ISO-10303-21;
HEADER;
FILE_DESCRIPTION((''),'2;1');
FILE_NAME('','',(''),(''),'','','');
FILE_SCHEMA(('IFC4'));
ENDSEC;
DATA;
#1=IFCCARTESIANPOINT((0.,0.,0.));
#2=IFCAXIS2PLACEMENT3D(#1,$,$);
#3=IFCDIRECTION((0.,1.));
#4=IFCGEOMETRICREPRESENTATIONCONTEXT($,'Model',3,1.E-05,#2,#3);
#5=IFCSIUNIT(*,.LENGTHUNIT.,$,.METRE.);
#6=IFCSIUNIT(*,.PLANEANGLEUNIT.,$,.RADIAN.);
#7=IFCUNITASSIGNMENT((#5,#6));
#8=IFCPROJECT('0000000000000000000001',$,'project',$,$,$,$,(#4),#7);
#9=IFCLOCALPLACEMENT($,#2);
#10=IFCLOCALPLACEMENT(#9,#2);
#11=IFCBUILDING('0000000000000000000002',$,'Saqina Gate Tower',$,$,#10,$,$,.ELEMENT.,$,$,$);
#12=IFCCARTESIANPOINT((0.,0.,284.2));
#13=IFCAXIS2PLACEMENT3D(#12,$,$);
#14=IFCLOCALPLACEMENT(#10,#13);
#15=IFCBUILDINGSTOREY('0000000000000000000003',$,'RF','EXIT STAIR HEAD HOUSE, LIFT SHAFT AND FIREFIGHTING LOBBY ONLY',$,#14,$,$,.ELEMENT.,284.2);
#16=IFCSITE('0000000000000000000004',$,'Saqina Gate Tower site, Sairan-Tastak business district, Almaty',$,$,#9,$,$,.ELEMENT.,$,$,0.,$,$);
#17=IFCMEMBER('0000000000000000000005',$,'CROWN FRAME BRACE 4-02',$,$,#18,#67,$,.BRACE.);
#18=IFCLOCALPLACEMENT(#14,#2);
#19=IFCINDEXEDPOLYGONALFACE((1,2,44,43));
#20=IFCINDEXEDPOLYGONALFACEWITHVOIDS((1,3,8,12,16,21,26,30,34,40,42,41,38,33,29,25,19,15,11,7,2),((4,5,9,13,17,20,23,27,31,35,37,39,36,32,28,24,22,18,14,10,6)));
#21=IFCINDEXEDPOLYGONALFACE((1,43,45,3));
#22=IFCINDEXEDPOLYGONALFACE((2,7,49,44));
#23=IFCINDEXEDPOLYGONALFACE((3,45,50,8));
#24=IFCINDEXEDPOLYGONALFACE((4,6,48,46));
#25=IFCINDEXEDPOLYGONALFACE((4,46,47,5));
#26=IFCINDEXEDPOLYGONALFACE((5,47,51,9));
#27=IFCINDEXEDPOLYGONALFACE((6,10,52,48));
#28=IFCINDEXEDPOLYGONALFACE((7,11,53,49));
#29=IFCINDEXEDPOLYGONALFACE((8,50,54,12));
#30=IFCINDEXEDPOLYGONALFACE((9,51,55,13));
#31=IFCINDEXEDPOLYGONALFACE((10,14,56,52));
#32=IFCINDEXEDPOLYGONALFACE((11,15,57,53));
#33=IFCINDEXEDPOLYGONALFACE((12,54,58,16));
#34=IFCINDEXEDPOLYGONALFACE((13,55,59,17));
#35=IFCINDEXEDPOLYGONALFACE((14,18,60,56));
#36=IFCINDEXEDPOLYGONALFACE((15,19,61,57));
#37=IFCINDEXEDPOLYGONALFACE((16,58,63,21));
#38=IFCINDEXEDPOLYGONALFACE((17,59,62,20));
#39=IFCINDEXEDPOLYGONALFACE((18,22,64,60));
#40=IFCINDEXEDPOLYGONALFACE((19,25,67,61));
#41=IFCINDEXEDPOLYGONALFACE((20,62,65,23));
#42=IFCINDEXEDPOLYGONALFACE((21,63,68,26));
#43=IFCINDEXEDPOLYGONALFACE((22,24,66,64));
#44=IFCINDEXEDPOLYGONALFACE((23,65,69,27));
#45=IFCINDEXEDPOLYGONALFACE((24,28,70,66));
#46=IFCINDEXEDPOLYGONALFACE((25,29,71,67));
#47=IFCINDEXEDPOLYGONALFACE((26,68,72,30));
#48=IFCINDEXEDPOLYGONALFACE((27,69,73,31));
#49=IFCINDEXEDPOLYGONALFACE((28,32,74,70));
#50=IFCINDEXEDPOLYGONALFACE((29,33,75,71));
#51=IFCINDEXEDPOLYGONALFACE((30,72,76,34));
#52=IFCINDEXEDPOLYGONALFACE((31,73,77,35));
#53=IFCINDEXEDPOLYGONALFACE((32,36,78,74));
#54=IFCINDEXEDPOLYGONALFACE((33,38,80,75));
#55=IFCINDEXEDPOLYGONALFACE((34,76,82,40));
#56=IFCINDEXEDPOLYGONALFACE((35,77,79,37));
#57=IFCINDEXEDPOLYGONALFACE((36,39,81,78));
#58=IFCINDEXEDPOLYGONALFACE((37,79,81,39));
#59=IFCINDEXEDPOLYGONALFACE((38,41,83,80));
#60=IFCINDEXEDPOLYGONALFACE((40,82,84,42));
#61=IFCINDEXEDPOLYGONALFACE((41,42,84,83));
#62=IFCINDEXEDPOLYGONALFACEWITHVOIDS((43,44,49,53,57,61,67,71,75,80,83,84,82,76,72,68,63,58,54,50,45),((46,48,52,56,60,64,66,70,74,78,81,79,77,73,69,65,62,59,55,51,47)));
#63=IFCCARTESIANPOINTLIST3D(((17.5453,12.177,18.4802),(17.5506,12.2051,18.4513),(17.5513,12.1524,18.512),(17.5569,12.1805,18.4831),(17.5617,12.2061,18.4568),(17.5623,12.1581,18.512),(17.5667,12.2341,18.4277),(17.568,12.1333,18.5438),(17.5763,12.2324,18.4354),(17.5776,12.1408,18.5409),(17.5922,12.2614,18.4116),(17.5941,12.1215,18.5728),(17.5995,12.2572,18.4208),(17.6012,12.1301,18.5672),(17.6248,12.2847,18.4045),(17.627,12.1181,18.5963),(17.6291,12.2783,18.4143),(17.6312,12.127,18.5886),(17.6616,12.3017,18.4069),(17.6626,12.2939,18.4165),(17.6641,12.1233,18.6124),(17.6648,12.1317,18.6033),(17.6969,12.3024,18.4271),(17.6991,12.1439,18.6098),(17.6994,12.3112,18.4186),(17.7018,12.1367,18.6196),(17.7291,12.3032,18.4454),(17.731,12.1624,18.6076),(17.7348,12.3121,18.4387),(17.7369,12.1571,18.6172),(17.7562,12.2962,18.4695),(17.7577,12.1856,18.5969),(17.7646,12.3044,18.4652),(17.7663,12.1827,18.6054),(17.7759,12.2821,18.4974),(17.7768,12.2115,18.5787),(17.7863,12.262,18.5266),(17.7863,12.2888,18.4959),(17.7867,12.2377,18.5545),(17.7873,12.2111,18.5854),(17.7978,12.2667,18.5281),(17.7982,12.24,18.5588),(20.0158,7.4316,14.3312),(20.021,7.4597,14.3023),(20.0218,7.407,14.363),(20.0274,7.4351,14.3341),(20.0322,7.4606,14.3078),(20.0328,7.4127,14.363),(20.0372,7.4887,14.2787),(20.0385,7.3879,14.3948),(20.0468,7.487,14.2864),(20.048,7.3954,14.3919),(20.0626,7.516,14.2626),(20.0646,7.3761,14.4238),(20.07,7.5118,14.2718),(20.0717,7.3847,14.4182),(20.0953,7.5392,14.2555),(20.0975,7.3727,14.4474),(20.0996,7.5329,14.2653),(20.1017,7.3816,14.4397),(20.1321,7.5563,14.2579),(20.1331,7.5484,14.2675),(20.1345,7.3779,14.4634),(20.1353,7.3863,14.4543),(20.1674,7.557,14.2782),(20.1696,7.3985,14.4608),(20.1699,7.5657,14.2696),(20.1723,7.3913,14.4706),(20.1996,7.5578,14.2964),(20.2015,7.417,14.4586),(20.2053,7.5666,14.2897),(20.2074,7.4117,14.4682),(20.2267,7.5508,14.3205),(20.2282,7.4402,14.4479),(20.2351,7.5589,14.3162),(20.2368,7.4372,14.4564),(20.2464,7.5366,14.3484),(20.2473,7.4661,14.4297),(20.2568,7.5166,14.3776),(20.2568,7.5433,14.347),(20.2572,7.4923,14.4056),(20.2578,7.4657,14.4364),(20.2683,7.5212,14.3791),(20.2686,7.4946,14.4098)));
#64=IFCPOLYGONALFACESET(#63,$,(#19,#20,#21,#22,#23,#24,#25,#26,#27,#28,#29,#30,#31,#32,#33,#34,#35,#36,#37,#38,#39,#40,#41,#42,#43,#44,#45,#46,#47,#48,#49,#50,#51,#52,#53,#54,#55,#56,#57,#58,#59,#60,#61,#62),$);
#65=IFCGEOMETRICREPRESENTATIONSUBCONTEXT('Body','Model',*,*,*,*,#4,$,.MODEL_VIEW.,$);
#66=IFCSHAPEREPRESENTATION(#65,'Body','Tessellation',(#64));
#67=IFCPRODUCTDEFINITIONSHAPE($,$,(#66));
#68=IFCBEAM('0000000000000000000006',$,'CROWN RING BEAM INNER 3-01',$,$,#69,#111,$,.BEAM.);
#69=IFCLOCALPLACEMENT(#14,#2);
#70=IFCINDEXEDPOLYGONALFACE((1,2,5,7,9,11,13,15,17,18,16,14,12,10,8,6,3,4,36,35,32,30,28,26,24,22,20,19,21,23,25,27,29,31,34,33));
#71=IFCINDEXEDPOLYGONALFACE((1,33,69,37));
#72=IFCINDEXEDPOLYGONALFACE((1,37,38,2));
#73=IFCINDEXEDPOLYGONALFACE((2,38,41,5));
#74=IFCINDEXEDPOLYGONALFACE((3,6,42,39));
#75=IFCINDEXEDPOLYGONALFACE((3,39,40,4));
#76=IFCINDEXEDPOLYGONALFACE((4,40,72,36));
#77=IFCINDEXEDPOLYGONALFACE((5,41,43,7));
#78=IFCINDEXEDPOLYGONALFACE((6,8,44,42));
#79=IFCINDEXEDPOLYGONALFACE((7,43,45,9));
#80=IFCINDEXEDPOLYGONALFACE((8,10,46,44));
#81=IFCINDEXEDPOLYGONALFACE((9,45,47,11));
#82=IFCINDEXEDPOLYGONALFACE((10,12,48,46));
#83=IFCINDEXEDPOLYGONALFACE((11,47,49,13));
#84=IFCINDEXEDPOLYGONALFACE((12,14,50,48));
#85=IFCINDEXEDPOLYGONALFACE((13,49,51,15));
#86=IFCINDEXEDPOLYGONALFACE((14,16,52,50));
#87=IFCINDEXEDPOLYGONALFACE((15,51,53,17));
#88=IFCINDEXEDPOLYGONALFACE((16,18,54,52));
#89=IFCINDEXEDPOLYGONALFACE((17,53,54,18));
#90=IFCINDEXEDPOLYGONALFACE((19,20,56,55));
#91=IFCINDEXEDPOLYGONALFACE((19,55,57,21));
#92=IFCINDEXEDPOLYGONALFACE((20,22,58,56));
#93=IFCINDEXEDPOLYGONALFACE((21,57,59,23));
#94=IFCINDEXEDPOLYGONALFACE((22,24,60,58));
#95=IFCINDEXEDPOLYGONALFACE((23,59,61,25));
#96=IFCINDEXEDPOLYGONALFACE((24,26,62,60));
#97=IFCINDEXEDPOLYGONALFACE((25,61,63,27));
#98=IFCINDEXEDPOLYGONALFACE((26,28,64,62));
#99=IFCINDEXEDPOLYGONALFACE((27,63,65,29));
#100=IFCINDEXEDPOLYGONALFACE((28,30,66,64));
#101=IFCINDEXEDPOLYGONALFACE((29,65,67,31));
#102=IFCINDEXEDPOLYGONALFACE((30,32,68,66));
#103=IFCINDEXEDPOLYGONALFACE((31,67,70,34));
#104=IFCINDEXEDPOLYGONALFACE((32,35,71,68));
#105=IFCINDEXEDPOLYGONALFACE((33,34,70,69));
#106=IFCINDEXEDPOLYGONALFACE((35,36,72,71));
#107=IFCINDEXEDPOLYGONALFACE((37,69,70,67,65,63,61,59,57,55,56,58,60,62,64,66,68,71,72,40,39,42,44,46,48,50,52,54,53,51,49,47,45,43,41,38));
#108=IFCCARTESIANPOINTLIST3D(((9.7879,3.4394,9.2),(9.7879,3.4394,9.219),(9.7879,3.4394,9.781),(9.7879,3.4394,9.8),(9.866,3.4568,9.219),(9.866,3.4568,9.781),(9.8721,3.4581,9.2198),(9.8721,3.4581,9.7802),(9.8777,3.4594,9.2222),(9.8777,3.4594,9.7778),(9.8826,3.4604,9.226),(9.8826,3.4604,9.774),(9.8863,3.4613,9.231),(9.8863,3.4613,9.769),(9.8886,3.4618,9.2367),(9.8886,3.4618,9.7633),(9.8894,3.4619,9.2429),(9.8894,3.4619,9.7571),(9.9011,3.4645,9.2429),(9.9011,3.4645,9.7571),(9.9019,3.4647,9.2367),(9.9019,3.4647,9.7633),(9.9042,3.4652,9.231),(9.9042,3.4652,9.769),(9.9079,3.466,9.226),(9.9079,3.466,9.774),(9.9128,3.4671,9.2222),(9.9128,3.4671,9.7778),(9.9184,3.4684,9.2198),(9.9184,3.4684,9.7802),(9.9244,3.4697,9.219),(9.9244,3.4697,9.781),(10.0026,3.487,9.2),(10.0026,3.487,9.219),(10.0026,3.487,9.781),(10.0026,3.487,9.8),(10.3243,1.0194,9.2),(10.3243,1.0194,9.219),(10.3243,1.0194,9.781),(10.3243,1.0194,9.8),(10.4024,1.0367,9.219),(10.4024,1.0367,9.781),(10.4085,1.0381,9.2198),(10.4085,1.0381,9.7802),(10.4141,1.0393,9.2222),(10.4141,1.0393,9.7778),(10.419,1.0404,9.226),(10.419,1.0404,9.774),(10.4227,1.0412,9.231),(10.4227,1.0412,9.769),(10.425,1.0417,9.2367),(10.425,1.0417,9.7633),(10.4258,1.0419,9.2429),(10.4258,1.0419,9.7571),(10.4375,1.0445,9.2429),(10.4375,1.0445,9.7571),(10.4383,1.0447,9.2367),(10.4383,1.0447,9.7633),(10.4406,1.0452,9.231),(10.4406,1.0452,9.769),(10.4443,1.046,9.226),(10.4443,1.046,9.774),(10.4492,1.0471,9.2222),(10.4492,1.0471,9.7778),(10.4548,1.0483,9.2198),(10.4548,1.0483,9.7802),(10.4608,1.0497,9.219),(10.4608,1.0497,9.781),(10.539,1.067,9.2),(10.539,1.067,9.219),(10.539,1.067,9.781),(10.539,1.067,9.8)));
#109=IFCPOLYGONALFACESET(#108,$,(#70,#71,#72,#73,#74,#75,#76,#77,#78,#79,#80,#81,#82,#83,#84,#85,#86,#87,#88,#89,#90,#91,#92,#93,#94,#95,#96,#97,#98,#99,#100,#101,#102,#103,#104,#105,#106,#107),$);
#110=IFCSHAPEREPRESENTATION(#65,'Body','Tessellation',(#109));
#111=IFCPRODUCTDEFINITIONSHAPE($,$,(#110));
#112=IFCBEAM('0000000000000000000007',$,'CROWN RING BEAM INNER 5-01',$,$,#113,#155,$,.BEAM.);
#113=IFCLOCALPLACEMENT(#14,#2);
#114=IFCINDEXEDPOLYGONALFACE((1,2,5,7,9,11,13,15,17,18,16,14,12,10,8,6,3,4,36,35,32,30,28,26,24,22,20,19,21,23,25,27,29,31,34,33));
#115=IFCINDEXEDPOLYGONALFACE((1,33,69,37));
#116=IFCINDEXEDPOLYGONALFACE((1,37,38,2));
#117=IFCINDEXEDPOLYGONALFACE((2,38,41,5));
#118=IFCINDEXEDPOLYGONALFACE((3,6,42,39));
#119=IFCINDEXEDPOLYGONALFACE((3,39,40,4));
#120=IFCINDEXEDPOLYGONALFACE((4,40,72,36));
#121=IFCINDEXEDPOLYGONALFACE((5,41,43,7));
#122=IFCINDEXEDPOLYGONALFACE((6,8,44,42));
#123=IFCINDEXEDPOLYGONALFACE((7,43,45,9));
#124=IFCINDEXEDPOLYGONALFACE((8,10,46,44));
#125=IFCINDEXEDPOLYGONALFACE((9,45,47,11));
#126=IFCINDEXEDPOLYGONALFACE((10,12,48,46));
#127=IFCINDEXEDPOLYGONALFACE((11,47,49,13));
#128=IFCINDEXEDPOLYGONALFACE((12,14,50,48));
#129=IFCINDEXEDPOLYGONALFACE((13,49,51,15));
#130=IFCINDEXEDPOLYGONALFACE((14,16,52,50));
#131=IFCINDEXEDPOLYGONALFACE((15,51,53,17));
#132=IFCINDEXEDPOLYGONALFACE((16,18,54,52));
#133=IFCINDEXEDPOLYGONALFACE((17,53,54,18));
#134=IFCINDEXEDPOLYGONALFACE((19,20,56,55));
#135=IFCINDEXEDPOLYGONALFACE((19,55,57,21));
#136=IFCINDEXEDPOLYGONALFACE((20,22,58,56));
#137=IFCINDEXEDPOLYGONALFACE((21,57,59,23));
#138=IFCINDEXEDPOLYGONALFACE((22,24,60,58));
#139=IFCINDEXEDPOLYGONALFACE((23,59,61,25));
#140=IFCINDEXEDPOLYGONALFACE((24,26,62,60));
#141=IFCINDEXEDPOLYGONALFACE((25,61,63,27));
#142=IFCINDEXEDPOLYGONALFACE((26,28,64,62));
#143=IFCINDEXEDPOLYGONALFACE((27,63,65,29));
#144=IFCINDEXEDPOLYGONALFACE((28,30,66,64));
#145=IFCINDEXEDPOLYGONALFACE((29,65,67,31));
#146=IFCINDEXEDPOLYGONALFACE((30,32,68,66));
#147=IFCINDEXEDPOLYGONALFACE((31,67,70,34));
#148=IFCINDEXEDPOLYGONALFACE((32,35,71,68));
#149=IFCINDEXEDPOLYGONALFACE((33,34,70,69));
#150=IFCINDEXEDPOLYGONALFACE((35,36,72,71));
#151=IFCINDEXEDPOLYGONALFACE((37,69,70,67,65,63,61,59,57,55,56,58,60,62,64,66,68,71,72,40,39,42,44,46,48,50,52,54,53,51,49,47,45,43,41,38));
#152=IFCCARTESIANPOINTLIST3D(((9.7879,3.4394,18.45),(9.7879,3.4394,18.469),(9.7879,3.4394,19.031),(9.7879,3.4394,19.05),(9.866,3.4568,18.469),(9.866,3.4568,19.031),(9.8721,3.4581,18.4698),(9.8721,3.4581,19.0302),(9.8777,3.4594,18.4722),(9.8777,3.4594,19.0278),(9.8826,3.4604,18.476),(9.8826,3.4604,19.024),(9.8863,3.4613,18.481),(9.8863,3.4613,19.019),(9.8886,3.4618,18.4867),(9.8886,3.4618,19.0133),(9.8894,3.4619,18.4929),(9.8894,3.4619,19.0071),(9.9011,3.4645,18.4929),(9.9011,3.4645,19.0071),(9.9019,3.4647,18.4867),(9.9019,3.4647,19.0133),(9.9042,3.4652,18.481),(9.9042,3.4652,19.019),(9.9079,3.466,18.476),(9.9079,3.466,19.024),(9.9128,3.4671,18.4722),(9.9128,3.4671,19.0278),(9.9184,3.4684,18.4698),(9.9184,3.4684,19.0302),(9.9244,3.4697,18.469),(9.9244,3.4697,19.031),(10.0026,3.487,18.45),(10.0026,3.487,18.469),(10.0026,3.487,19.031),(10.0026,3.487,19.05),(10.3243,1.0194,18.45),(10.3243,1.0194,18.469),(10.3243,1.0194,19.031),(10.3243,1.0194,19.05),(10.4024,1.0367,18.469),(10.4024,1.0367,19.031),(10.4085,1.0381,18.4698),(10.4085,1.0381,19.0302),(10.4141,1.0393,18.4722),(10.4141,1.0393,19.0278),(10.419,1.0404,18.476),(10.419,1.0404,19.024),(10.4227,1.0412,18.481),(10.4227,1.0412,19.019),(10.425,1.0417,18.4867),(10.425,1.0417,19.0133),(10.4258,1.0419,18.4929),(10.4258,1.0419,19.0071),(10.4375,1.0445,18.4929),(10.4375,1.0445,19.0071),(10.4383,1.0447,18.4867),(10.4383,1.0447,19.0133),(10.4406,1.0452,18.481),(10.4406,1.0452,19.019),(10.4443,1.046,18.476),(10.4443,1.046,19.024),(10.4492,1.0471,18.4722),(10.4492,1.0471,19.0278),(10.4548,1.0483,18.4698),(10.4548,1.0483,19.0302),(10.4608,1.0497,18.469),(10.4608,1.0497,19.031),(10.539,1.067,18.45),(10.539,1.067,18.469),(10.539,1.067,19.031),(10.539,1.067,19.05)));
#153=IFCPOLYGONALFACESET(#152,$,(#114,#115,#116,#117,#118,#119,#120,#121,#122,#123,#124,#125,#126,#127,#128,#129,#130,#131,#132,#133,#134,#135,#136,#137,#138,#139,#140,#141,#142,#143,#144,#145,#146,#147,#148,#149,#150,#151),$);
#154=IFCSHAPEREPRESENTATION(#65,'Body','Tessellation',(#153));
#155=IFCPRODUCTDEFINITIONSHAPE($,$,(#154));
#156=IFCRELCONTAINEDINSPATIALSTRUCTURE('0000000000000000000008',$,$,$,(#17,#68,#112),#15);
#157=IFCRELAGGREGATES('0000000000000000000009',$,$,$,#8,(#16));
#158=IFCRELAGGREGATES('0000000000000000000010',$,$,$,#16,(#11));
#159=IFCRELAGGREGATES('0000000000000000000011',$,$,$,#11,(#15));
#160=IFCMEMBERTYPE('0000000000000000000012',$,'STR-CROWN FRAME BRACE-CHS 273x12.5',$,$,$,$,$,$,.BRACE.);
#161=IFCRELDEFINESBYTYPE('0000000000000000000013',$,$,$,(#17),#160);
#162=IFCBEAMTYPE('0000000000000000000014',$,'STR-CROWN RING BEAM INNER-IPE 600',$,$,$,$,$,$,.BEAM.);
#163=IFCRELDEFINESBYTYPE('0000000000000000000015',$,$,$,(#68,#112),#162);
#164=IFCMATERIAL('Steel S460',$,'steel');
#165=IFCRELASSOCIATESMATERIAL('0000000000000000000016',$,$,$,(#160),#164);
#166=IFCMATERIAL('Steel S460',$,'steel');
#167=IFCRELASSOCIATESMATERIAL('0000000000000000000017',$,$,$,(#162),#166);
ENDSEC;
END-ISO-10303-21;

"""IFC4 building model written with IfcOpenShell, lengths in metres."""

from ifc_helpers import new_model, si_unit, direction, frame, origin, origin_2d, place, context, subcontext, project, spatial, hollow_circle, i_section, extrude, material, material_profile, profile_set, type_object, element, save


model = new_model("IFC4")

# Units and contexts
model_context = context("Model", 3, precision=1e-05, world=origin(), true_north=direction((0.0, 1.0)))
body_context = subcontext(model_context, "Body", "Model", "MODEL_VIEW")
ifc_project = project(units=[si_unit("LENGTHUNIT", "METRE"), si_unit("PLANEANGLEUNIT", "RADIAN")], contexts=[model_context])

# Site, building, storey
site_placement = place(None, origin())
site = spatial("IfcSite", under=ifc_project, at=site_placement, Name="Saqina Gate Tower site, Sairan-Tastak business district, Almaty", CompositionType="ELEMENT", RefElevation=0.0)
building_placement = place(site_placement, origin())
building = spatial("IfcBuilding", under=site, at=building_placement, Name="Saqina Gate Tower", CompositionType="ELEMENT")
storey_placement = place(building_placement, frame((0.0, 0.0, 284.2)))
storey = spatial("IfcBuildingStorey", under=building, at=storey_placement, Name="RF", Description="EXIT STAIR HEAD HOUSE, LIFT SHAFT AND FIREFIGHTING LOBBY ONLY", CompositionType="ELEMENT", Elevation=284.2)

# Member
ifc_material_1 = material(Name="Steel S460", Category="steel")
ifc_material_profile_1 = material_profile(ifc_material_1, hollow_circle(Radius=0.1365, WallThickness=0.0125, at=origin_2d()), Name="CHS 273x12.5")
ifc_profile_set_1 = profile_set([ifc_material_profile_1], Name="Steel S460")
member_type = type_object("IfcMemberType", Name="STR-CROWN FRAME BRACE-CHS 273x12.5", PredefinedType="BRACE", material=ifc_profile_set_1)
member_1_placement = place(storey_placement, frame((20.1428, 7.47, 14.363), z_axis=(-0.364904, 0.700922, 0.612824), x_axis=(-0.886997, -0.461775, 0.0)))
element("IfcMember", 1, at=member_1_placement, inside=storey, type_object=member_type, Name="CROWN FRAME BRACE 4-02", PredefinedType="BRACE", context=body_context, shape_type="SweptSolid", body=[
    extrude(hollow_circle(Radius=0.1365, WallThickness=0.0125, at=origin_2d()), origin(), (0.0, 0.0, 1.0), 6.7703),
])

# Beams
ifc_material_2 = material(Name="Steel S460", Category="steel")
ifc_material_profile_2 = material_profile(ifc_material_2, i_section(OverallWidth=0.22, OverallDepth=0.6001, WebThickness=0.012, FlangeThickness=0.019, FilletRadius=0.0239, at=origin_2d()), Name="IPE 600")
ifc_profile_set_2 = profile_set([ifc_material_profile_2], Name="Steel S460")
beam_type_1 = type_object("IfcBeamType", Name="STR-CROWN RING BEAM INNER-IPE 600", PredefinedType="BEAM", material=ifc_profile_set_2)
for number, where, z_axis, x_axis, name in (
    (2, (10.4316, 1.0432, 9.5), (-0.216399, 0.976305, 0.0), (-0.976305, -0.216399, 0.0), "CROWN RING BEAM INNER 3-01"),
    (3, (10.4316, 1.0432, 18.75), (-0.216399, 0.976305, 0.0), (-0.976305, -0.216399, 0.0), "CROWN RING BEAM INNER 5-01"),
):
    element("IfcBeam", number, at=place(storey_placement, frame(where, z_axis=z_axis, x_axis=x_axis)), inside=storey, type_object=beam_type_1, Name=name, PredefinedType="BEAM", context=body_context, shape_type="SweptSolid", body=[
        extrude(i_section(OverallWidth=0.22, OverallDepth=0.6001, WebThickness=0.012, FlangeThickness=0.019, FilletRadius=0.0239, at=origin_2d()), origin(), (0.0, 0.0, 1.0), 2.4788),
    ])

save(model, "model.ifc")
